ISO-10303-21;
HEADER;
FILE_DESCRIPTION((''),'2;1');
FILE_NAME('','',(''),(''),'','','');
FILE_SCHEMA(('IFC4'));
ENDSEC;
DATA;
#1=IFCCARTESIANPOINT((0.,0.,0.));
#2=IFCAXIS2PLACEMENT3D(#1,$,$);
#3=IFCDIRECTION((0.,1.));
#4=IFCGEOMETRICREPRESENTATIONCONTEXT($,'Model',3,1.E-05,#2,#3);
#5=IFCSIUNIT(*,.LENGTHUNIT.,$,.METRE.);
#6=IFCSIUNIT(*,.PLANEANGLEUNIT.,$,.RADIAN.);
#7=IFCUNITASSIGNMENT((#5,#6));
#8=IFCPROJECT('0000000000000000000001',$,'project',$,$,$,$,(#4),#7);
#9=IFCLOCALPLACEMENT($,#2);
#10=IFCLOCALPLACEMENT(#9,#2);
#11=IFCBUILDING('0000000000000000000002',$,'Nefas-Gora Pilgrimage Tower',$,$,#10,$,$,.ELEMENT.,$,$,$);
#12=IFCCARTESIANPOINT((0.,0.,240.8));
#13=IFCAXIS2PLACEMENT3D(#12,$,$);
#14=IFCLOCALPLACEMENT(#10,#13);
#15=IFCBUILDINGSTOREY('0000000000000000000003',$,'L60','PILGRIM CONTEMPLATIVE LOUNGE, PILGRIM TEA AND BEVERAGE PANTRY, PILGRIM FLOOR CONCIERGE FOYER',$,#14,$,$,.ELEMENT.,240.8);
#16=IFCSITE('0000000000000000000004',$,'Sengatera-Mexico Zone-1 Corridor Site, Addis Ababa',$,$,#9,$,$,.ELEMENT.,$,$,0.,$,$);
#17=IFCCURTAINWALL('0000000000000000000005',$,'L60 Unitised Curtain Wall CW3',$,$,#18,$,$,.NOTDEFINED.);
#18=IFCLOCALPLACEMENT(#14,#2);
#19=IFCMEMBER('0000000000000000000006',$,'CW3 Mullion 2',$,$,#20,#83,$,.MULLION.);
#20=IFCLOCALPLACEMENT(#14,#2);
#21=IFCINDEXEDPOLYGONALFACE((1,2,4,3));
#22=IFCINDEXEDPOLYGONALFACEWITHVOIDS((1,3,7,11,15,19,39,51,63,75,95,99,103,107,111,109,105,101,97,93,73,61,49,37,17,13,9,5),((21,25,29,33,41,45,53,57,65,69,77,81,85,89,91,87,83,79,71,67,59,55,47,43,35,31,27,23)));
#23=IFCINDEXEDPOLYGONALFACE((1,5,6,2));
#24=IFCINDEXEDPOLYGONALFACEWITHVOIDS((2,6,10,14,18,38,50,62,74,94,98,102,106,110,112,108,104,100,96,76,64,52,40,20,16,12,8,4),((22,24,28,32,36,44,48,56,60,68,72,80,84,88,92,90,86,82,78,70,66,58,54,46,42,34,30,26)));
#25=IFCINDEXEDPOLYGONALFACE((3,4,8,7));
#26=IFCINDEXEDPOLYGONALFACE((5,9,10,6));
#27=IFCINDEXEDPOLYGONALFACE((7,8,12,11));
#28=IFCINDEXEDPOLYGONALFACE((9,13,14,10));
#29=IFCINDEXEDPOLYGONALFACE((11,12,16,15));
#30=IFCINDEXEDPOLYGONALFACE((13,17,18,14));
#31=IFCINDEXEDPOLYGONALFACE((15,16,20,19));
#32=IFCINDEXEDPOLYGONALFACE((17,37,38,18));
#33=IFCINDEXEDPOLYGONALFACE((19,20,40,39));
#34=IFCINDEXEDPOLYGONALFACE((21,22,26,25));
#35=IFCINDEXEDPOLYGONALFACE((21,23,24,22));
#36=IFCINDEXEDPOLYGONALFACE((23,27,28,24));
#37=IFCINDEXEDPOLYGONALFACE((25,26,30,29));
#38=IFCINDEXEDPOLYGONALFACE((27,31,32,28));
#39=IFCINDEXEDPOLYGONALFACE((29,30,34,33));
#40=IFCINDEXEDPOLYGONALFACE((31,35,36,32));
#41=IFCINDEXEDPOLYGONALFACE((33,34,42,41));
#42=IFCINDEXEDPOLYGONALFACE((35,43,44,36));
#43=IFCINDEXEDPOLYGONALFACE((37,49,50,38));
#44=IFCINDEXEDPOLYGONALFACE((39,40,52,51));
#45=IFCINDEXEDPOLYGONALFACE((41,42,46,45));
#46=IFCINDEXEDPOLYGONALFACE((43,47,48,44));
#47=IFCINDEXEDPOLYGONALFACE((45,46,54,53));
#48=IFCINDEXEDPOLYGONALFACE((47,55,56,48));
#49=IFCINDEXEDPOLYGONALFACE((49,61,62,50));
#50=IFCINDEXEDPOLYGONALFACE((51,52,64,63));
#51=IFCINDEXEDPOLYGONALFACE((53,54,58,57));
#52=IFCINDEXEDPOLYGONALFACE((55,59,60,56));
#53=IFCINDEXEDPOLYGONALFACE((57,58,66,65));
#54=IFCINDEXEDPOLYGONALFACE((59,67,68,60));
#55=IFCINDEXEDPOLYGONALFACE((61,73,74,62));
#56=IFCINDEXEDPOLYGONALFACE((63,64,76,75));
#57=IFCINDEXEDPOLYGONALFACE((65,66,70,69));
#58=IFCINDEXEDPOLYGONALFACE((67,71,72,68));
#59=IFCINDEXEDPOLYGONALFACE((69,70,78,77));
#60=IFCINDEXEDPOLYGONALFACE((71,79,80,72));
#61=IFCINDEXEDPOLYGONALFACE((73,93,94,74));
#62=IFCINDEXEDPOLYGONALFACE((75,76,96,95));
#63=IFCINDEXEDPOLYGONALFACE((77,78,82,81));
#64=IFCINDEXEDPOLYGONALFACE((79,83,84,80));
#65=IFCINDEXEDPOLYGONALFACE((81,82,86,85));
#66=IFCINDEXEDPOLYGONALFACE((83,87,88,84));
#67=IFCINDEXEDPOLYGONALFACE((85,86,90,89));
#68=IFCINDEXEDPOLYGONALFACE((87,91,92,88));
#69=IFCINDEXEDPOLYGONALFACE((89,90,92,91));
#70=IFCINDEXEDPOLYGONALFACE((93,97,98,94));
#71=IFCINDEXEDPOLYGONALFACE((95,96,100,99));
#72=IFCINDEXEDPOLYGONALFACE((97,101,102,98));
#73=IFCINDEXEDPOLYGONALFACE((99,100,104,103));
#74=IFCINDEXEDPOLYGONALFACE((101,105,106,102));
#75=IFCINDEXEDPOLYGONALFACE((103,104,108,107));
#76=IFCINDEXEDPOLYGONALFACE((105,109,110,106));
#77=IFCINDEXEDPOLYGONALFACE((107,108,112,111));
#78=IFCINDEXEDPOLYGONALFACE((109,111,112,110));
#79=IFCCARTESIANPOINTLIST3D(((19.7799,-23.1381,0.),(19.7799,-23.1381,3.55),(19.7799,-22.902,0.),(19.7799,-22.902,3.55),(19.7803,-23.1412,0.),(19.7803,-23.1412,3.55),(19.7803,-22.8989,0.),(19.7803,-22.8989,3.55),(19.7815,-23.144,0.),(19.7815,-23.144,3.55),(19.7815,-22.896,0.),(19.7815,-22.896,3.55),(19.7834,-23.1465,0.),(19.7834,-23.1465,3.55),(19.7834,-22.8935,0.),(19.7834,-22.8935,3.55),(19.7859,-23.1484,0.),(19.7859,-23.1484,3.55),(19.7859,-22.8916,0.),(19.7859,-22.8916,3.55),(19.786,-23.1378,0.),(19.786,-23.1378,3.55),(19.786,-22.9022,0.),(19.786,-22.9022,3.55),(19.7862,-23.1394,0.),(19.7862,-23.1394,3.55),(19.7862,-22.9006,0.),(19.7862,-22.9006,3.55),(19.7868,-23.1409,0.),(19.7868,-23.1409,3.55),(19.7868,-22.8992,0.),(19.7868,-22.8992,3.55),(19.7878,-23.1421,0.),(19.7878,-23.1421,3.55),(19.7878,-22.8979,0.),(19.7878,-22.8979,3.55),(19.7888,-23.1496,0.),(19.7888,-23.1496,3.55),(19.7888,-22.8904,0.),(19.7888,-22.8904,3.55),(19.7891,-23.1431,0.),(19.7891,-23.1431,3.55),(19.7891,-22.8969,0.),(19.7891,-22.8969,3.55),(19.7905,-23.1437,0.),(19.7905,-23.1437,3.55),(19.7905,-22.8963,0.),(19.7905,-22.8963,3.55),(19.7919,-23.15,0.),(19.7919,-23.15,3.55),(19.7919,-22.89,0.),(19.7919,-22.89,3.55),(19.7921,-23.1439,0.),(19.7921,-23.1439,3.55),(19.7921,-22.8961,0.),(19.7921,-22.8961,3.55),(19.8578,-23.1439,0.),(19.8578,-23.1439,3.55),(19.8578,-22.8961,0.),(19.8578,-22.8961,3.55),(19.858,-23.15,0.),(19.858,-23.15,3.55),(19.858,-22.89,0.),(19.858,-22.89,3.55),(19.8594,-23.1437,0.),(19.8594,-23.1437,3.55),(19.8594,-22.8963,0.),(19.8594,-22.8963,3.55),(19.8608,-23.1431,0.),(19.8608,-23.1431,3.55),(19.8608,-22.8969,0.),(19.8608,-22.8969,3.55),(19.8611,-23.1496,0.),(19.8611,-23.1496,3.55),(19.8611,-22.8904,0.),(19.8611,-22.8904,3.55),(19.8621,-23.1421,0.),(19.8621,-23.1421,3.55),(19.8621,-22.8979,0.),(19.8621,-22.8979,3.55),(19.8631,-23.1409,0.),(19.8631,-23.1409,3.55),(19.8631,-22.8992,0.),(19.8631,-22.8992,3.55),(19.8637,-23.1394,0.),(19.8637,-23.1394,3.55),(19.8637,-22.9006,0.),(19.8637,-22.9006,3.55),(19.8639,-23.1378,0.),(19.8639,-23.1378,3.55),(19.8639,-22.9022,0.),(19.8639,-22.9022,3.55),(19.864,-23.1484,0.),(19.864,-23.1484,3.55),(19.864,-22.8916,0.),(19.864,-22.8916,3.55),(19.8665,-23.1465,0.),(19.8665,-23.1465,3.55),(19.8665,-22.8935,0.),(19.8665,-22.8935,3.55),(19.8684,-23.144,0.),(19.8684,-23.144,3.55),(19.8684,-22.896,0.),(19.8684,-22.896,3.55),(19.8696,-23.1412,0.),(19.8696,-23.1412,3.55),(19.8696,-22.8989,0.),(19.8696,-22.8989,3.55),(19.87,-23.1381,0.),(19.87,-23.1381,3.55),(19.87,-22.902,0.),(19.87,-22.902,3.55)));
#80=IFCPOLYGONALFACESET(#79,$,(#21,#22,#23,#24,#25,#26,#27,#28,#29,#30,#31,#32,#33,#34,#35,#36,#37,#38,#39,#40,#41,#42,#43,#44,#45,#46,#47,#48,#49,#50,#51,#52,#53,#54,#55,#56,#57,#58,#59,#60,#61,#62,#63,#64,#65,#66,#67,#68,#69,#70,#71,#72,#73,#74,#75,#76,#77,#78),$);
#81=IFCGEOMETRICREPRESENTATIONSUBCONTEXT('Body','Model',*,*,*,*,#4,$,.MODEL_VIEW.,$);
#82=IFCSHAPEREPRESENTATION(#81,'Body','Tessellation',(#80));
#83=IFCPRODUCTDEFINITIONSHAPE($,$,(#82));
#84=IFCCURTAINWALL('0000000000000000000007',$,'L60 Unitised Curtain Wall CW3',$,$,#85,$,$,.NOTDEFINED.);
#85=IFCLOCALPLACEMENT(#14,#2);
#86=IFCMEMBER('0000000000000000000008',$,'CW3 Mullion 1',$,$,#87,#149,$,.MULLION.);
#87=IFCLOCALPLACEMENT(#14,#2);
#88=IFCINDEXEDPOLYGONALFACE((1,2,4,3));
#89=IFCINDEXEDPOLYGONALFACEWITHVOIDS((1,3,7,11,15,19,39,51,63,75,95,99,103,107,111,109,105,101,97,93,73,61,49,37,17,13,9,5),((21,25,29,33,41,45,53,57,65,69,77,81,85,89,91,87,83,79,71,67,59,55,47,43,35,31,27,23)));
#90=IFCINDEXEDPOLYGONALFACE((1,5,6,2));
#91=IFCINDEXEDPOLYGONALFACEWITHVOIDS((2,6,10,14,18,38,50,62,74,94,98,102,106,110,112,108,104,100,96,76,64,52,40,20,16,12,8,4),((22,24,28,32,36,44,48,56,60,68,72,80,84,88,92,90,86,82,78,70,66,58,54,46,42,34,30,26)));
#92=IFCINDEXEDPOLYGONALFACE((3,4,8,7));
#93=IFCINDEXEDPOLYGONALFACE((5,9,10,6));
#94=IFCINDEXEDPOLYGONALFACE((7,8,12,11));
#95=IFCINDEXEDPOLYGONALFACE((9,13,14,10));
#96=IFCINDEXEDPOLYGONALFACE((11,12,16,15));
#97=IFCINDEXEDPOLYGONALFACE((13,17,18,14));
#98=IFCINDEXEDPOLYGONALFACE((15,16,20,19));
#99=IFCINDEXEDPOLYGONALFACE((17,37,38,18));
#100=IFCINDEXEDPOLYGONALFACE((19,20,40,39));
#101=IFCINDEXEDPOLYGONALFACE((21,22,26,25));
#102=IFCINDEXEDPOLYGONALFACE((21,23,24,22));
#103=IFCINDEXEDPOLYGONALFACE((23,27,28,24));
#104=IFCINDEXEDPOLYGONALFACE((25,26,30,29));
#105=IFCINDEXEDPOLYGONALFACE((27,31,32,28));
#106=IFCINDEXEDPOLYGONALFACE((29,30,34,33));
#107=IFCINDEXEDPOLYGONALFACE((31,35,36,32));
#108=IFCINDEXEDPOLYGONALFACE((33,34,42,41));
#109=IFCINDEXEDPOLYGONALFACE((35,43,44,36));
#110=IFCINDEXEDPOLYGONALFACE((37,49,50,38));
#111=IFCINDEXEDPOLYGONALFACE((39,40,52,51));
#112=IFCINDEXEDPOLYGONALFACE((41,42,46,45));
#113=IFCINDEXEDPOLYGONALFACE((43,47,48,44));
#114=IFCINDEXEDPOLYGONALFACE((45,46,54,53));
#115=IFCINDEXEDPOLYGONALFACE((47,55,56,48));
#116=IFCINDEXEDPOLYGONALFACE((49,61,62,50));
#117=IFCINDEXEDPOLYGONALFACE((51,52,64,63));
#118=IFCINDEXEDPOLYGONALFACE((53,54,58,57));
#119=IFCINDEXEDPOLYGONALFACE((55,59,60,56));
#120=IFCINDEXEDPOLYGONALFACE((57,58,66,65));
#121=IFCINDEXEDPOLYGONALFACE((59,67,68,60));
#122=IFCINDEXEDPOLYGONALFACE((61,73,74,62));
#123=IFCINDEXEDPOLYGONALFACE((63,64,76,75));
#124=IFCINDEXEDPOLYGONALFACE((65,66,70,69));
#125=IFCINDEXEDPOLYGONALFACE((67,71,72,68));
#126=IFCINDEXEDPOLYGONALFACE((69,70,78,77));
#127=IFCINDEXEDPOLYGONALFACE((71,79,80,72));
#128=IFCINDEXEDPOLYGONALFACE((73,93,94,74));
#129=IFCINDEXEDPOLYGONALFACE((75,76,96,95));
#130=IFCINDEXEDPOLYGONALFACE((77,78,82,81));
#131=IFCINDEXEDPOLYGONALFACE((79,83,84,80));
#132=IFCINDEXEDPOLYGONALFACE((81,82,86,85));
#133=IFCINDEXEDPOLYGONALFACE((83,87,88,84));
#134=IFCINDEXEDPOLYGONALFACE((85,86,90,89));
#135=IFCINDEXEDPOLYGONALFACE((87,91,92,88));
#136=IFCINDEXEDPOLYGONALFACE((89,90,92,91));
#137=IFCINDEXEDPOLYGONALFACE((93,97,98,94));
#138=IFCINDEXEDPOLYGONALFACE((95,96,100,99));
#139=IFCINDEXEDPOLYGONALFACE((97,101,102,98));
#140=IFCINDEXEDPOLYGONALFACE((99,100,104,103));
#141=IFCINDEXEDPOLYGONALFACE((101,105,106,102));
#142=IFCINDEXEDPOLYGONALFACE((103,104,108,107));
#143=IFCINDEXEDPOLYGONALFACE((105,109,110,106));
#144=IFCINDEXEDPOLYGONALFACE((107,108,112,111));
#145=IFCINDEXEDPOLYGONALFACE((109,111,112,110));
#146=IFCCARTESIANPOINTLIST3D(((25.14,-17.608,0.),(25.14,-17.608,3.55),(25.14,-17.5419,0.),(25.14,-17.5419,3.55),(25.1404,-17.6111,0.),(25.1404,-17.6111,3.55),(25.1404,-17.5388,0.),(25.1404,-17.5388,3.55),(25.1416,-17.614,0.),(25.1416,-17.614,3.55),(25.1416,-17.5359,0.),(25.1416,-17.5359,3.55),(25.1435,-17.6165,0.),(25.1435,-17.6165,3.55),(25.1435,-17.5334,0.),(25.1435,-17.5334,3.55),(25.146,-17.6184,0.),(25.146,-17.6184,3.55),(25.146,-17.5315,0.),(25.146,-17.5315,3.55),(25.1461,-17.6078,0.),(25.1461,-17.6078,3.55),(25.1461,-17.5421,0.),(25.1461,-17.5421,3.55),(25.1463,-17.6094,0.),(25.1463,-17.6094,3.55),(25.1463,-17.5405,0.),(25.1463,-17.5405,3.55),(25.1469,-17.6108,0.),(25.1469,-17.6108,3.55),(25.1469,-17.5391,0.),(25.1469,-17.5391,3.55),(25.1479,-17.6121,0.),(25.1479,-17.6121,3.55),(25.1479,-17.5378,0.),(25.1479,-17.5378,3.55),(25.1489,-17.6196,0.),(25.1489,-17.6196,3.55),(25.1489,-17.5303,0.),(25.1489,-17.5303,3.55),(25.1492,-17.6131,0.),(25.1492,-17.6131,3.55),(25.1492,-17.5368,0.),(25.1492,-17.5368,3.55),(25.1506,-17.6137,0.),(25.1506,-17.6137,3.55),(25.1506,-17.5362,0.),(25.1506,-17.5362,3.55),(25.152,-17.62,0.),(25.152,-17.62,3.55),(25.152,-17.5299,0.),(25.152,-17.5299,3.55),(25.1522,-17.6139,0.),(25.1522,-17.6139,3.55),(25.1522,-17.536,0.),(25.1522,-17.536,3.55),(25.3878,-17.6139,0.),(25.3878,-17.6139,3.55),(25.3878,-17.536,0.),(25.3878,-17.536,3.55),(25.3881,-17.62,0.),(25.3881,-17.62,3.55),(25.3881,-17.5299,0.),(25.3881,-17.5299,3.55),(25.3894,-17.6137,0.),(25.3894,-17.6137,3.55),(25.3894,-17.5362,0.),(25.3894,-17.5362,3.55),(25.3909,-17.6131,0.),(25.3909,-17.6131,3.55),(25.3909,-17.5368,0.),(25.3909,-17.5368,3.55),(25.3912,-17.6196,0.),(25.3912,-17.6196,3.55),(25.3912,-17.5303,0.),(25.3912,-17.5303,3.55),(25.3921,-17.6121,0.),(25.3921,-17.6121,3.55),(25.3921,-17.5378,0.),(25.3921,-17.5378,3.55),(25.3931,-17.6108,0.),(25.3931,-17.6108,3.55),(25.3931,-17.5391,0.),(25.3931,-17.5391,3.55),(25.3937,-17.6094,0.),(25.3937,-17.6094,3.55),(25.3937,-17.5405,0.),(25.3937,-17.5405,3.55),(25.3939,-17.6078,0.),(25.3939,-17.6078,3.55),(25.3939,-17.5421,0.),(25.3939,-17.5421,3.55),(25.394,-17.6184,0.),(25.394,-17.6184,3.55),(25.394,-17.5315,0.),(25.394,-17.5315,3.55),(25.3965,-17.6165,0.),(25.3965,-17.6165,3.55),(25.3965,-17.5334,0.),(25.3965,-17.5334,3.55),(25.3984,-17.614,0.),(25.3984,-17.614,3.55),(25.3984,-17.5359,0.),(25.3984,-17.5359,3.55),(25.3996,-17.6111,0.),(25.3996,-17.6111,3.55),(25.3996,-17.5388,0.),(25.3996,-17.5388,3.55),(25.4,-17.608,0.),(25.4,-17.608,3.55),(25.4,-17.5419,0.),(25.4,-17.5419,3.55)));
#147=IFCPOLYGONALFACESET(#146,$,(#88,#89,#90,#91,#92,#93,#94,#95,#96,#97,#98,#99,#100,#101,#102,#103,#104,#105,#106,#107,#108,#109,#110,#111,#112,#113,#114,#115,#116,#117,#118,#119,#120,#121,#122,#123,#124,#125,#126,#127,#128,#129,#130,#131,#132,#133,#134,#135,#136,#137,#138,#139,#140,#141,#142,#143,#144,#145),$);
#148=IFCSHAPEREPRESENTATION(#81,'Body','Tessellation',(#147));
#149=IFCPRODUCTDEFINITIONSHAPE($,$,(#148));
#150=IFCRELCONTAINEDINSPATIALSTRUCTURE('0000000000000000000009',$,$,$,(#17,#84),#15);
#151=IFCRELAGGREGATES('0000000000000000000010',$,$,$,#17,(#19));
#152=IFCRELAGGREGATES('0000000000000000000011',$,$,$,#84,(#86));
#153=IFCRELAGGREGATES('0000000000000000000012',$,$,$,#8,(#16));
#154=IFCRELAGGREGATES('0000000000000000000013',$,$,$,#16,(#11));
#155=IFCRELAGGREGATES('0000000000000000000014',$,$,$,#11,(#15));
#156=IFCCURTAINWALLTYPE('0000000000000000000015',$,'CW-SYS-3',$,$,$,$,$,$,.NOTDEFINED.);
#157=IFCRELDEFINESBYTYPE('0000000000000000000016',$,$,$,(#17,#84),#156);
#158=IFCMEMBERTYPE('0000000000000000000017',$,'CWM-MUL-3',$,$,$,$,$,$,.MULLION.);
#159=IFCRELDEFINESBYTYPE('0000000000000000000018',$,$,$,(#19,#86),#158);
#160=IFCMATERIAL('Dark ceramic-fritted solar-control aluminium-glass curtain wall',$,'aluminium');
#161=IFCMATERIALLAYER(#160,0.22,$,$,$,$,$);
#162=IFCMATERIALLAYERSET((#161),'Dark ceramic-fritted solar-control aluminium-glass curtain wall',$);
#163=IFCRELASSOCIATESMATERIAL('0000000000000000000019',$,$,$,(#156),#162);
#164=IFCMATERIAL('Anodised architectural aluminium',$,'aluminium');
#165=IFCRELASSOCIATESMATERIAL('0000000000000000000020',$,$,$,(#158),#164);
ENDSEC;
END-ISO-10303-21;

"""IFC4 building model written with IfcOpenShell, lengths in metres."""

from ifc_helpers import new_model, si_unit, direction, frame, origin, origin_2d, place, context, subcontext, project, spatial, hollow_rectangle, extrude, source, transform, mapped, material, layer, layer_set, material_profile, profile_set, type_object, element, aggregate, save


model = new_model("IFC4")

# Units and contexts
model_context = context("Model", 3, precision=1e-05, world=origin(), true_north=direction((0.0, 1.0)))
body_context = subcontext(model_context, "Body", "Model", "MODEL_VIEW")
ifc_project = project(units=[si_unit("LENGTHUNIT", "METRE"), si_unit("PLANEANGLEUNIT", "RADIAN")], contexts=[model_context])

# Site, building, storey
site_placement = place(None, origin())
site = spatial("IfcSite", under=ifc_project, at=site_placement, Name="Sengatera-Mexico Zone-1 Corridor Site, Addis Ababa", CompositionType="ELEMENT", RefElevation=0.0)
building_placement = place(site_placement, origin())
building = spatial("IfcBuilding", under=site, at=building_placement, Name="Nefas-Gora Pilgrimage Tower", CompositionType="ELEMENT")
storey_placement = place(building_placement, frame((0.0, 0.0, 240.8)))
storey = spatial("IfcBuildingStorey", under=building, at=storey_placement, Name="L60", Description="PILGRIM CONTEMPLATIVE LOUNGE, PILGRIM TEA AND BEVERAGE PANTRY, PILGRIM FLOOR CONCIERGE FOYER", CompositionType="ELEMENT", Elevation=240.8)

# Curtain wall, member
ifc_material_1 = material(Name="Dark ceramic-fritted solar-control aluminium-glass curtain wall", Category="aluminium")
ifc_layer_1 = layer(ifc_material_1, 0.22)
ifc_layer_set_1 = layer_set([ifc_layer_1], Name="Dark ceramic-fritted solar-control aluminium-glass curtain wall")
curtain_wall_type = type_object("IfcCurtainWallType", Name="CW-SYS-3", PredefinedType="NOTDEFINED", material=ifc_layer_set_1)
curtain_wall_1_placement = place(storey_placement, origin())
curtain_wall_1 = element("IfcCurtainWall", 1, at=curtain_wall_1_placement, inside=storey, type_object=curtain_wall_type, Name="L60 Unitised Curtain Wall CW3", PredefinedType="NOTDEFINED")
ifc_material_2 = material(Name="Anodised architectural aluminium", Category="aluminium")
ifc_material_profile_1 = material_profile(ifc_material_2, hollow_rectangle(XDim=0.0901, YDim=0.26, WallThickness=0.0061, InnerFilletRadius=0.0061, OuterFilletRadius=0.012, at=origin_2d()), Name="ALU MULLION 90x260")
ifc_profile_set_1 = profile_set([ifc_material_profile_1], Name="Anodised architectural aluminium")
member_type_1 = type_object("IfcMemberType", Name="CWM-MUL-3", PredefinedType="MULLION", material=ifc_profile_set_1)
shared_shape_1 = source(origin(), body_context, "Body", "SweptSolid", [
    extrude(hollow_rectangle(XDim=0.0901, YDim=0.26, WallThickness=0.0061, InnerFilletRadius=0.0061, OuterFilletRadius=0.012, at=origin_2d()), origin(), (0.0, 0.0, 1.0), 3.55),
])
member_1_placement = place(storey_placement, frame((19.825, -23.02, 0.0), z_axis=(0.0, 0.0, 1.0), x_axis=(1.0, 0.0, 0.0)))
member_1 = element("IfcMember", 2, at=member_1_placement, type_object=member_type_1, Name="CW3 Mullion 2", PredefinedType="MULLION", context=body_context, shape_type="MappedRepresentation", body=[
    mapped(shared_shape_1, transform((0.0, 0.0, 0.0), x_axis=(1.0, 0.0, 0.0), y_axis=(0.0, 1.0, 0.0), z_axis=(0.0, 0.0, 1.0), scale=1.0)),
])

# Curtain wall, member
curtain_wall_2_placement = place(storey_placement, origin())
curtain_wall_2 = element("IfcCurtainWall", 3, at=curtain_wall_2_placement, inside=storey, type_object=curtain_wall_type, Name="L60 Unitised Curtain Wall CW3", PredefinedType="NOTDEFINED")
member_2_placement = place(storey_placement, frame((25.27, -17.575, 0.0), z_axis=(0.0, 0.0, 1.0), x_axis=(0.0, 1.0, 0.0)))
member_2 = element("IfcMember", 4, at=member_2_placement, type_object=member_type_1, Name="CW3 Mullion 1", PredefinedType="MULLION", context=body_context, shape_type="MappedRepresentation", body=[
    mapped(shared_shape_1, transform((0.0, 0.0, 0.0), x_axis=(1.0, 0.0, 0.0), y_axis=(0.0, 1.0, 0.0), z_axis=(0.0, 0.0, 1.0), scale=1.0)),
])

aggregate(curtain_wall_1, [member_1])
aggregate(curtain_wall_2, [member_2])

save(model, "model.ifc")
